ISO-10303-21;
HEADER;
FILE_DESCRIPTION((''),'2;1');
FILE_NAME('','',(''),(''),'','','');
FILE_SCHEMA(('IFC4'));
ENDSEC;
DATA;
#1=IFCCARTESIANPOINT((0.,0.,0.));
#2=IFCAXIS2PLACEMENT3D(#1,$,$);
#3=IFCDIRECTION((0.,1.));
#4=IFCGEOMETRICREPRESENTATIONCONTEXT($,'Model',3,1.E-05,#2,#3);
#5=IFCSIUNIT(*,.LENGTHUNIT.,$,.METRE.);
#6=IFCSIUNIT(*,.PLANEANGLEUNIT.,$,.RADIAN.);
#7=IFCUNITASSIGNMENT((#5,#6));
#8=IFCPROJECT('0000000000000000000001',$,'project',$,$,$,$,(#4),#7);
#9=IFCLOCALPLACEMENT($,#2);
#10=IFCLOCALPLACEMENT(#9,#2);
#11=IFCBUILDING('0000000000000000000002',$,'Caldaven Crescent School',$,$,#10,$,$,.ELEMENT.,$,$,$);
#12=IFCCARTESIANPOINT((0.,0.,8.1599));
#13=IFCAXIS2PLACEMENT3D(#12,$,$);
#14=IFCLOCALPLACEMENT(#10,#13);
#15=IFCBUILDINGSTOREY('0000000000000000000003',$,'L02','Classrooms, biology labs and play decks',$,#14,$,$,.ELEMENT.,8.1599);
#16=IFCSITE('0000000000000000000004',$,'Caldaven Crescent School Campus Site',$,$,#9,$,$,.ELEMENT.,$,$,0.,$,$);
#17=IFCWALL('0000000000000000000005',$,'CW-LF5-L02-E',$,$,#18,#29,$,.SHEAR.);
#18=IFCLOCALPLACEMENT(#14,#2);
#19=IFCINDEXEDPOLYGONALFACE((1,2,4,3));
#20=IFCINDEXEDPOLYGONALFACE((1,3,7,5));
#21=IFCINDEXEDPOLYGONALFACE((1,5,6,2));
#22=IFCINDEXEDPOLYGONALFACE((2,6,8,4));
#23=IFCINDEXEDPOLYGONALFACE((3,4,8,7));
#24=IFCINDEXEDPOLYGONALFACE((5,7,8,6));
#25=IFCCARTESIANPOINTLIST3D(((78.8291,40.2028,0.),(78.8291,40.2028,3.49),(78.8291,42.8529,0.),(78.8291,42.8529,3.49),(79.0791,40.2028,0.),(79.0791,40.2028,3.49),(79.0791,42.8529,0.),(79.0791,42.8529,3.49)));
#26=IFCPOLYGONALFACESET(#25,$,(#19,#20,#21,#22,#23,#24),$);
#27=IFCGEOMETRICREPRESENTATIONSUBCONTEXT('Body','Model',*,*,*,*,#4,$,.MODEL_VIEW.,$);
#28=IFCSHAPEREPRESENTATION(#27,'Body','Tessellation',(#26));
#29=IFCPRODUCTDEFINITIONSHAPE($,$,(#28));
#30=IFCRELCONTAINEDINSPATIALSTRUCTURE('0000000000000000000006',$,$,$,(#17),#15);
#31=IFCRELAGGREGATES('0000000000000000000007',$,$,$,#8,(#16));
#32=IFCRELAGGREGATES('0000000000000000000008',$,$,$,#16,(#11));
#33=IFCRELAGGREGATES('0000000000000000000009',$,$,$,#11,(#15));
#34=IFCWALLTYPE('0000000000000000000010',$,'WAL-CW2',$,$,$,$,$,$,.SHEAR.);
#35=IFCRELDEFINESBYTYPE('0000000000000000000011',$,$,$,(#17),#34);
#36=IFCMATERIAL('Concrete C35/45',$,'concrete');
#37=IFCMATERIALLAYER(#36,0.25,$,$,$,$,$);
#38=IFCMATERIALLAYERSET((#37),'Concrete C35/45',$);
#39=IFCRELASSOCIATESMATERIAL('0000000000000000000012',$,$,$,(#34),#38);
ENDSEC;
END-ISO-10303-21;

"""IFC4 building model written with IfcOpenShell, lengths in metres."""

from ifc_helpers import new_model, si_unit, direction, frame, frame_2d, origin, place, context, subcontext, project, spatial, rectangle, extrude, material, layer, layer_set, type_object, element, save


model = new_model("IFC4")

# Units and contexts
model_context = context("Model", 3, precision=1e-05, world=origin(), true_north=direction((0.0, 1.0)))
body_context = subcontext(model_context, "Body", "Model", "MODEL_VIEW")
ifc_project = project(units=[si_unit("LENGTHUNIT", "METRE"), si_unit("PLANEANGLEUNIT", "RADIAN")], contexts=[model_context])

# Site, building, storey
site_placement = place(None, origin())
site = spatial("IfcSite", under=ifc_project, at=site_placement, Name="Caldaven Crescent School Campus Site", CompositionType="ELEMENT", RefElevation=0.0)
building_placement = place(site_placement, origin())
building = spatial("IfcBuilding", under=site, at=building_placement, Name="Caldaven Crescent School", CompositionType="ELEMENT")
storey_placement = place(building_placement, frame((0.0, 0.0, 8.1599)))
storey = spatial("IfcBuildingStorey", under=building, at=storey_placement, Name="L02", Description="Classrooms, biology labs and play decks", CompositionType="ELEMENT", Elevation=8.1599)

# Shared definitions
ifc_material_1 = material(Name="Concrete C35/45", Category="concrete")

# Wall
ifc_layer_1 = layer(ifc_material_1, 0.25)
ifc_layer_set_1 = layer_set([ifc_layer_1], Name="Concrete C35/45")
wall_type_1 = type_object("IfcWallType", Name="WAL-CW2", PredefinedType="SHEAR", material=ifc_layer_set_1)
for number, where, z_axis, x_axis, name in (
    (1, (78.9541, 40.2026, 0.0), (0.0, 0.0, 1.0), (0.0, 1.0, 0.0), "CW-LF5-L02-E"),
):
    element("IfcWall", number, at=place(storey_placement, frame(where, z_axis=z_axis, x_axis=x_axis)), inside=storey, type_object=wall_type_1, Name=name, PredefinedType="SHEAR", context=body_context, shape_type="SweptSolid", body=[
        extrude(rectangle(XDim=2.6501, YDim=0.25, at=frame_2d((1.3252, 0.0))), origin(), (0.0, 0.0, 1.0), 3.49),
    ])

save(model, "model.ifc")
